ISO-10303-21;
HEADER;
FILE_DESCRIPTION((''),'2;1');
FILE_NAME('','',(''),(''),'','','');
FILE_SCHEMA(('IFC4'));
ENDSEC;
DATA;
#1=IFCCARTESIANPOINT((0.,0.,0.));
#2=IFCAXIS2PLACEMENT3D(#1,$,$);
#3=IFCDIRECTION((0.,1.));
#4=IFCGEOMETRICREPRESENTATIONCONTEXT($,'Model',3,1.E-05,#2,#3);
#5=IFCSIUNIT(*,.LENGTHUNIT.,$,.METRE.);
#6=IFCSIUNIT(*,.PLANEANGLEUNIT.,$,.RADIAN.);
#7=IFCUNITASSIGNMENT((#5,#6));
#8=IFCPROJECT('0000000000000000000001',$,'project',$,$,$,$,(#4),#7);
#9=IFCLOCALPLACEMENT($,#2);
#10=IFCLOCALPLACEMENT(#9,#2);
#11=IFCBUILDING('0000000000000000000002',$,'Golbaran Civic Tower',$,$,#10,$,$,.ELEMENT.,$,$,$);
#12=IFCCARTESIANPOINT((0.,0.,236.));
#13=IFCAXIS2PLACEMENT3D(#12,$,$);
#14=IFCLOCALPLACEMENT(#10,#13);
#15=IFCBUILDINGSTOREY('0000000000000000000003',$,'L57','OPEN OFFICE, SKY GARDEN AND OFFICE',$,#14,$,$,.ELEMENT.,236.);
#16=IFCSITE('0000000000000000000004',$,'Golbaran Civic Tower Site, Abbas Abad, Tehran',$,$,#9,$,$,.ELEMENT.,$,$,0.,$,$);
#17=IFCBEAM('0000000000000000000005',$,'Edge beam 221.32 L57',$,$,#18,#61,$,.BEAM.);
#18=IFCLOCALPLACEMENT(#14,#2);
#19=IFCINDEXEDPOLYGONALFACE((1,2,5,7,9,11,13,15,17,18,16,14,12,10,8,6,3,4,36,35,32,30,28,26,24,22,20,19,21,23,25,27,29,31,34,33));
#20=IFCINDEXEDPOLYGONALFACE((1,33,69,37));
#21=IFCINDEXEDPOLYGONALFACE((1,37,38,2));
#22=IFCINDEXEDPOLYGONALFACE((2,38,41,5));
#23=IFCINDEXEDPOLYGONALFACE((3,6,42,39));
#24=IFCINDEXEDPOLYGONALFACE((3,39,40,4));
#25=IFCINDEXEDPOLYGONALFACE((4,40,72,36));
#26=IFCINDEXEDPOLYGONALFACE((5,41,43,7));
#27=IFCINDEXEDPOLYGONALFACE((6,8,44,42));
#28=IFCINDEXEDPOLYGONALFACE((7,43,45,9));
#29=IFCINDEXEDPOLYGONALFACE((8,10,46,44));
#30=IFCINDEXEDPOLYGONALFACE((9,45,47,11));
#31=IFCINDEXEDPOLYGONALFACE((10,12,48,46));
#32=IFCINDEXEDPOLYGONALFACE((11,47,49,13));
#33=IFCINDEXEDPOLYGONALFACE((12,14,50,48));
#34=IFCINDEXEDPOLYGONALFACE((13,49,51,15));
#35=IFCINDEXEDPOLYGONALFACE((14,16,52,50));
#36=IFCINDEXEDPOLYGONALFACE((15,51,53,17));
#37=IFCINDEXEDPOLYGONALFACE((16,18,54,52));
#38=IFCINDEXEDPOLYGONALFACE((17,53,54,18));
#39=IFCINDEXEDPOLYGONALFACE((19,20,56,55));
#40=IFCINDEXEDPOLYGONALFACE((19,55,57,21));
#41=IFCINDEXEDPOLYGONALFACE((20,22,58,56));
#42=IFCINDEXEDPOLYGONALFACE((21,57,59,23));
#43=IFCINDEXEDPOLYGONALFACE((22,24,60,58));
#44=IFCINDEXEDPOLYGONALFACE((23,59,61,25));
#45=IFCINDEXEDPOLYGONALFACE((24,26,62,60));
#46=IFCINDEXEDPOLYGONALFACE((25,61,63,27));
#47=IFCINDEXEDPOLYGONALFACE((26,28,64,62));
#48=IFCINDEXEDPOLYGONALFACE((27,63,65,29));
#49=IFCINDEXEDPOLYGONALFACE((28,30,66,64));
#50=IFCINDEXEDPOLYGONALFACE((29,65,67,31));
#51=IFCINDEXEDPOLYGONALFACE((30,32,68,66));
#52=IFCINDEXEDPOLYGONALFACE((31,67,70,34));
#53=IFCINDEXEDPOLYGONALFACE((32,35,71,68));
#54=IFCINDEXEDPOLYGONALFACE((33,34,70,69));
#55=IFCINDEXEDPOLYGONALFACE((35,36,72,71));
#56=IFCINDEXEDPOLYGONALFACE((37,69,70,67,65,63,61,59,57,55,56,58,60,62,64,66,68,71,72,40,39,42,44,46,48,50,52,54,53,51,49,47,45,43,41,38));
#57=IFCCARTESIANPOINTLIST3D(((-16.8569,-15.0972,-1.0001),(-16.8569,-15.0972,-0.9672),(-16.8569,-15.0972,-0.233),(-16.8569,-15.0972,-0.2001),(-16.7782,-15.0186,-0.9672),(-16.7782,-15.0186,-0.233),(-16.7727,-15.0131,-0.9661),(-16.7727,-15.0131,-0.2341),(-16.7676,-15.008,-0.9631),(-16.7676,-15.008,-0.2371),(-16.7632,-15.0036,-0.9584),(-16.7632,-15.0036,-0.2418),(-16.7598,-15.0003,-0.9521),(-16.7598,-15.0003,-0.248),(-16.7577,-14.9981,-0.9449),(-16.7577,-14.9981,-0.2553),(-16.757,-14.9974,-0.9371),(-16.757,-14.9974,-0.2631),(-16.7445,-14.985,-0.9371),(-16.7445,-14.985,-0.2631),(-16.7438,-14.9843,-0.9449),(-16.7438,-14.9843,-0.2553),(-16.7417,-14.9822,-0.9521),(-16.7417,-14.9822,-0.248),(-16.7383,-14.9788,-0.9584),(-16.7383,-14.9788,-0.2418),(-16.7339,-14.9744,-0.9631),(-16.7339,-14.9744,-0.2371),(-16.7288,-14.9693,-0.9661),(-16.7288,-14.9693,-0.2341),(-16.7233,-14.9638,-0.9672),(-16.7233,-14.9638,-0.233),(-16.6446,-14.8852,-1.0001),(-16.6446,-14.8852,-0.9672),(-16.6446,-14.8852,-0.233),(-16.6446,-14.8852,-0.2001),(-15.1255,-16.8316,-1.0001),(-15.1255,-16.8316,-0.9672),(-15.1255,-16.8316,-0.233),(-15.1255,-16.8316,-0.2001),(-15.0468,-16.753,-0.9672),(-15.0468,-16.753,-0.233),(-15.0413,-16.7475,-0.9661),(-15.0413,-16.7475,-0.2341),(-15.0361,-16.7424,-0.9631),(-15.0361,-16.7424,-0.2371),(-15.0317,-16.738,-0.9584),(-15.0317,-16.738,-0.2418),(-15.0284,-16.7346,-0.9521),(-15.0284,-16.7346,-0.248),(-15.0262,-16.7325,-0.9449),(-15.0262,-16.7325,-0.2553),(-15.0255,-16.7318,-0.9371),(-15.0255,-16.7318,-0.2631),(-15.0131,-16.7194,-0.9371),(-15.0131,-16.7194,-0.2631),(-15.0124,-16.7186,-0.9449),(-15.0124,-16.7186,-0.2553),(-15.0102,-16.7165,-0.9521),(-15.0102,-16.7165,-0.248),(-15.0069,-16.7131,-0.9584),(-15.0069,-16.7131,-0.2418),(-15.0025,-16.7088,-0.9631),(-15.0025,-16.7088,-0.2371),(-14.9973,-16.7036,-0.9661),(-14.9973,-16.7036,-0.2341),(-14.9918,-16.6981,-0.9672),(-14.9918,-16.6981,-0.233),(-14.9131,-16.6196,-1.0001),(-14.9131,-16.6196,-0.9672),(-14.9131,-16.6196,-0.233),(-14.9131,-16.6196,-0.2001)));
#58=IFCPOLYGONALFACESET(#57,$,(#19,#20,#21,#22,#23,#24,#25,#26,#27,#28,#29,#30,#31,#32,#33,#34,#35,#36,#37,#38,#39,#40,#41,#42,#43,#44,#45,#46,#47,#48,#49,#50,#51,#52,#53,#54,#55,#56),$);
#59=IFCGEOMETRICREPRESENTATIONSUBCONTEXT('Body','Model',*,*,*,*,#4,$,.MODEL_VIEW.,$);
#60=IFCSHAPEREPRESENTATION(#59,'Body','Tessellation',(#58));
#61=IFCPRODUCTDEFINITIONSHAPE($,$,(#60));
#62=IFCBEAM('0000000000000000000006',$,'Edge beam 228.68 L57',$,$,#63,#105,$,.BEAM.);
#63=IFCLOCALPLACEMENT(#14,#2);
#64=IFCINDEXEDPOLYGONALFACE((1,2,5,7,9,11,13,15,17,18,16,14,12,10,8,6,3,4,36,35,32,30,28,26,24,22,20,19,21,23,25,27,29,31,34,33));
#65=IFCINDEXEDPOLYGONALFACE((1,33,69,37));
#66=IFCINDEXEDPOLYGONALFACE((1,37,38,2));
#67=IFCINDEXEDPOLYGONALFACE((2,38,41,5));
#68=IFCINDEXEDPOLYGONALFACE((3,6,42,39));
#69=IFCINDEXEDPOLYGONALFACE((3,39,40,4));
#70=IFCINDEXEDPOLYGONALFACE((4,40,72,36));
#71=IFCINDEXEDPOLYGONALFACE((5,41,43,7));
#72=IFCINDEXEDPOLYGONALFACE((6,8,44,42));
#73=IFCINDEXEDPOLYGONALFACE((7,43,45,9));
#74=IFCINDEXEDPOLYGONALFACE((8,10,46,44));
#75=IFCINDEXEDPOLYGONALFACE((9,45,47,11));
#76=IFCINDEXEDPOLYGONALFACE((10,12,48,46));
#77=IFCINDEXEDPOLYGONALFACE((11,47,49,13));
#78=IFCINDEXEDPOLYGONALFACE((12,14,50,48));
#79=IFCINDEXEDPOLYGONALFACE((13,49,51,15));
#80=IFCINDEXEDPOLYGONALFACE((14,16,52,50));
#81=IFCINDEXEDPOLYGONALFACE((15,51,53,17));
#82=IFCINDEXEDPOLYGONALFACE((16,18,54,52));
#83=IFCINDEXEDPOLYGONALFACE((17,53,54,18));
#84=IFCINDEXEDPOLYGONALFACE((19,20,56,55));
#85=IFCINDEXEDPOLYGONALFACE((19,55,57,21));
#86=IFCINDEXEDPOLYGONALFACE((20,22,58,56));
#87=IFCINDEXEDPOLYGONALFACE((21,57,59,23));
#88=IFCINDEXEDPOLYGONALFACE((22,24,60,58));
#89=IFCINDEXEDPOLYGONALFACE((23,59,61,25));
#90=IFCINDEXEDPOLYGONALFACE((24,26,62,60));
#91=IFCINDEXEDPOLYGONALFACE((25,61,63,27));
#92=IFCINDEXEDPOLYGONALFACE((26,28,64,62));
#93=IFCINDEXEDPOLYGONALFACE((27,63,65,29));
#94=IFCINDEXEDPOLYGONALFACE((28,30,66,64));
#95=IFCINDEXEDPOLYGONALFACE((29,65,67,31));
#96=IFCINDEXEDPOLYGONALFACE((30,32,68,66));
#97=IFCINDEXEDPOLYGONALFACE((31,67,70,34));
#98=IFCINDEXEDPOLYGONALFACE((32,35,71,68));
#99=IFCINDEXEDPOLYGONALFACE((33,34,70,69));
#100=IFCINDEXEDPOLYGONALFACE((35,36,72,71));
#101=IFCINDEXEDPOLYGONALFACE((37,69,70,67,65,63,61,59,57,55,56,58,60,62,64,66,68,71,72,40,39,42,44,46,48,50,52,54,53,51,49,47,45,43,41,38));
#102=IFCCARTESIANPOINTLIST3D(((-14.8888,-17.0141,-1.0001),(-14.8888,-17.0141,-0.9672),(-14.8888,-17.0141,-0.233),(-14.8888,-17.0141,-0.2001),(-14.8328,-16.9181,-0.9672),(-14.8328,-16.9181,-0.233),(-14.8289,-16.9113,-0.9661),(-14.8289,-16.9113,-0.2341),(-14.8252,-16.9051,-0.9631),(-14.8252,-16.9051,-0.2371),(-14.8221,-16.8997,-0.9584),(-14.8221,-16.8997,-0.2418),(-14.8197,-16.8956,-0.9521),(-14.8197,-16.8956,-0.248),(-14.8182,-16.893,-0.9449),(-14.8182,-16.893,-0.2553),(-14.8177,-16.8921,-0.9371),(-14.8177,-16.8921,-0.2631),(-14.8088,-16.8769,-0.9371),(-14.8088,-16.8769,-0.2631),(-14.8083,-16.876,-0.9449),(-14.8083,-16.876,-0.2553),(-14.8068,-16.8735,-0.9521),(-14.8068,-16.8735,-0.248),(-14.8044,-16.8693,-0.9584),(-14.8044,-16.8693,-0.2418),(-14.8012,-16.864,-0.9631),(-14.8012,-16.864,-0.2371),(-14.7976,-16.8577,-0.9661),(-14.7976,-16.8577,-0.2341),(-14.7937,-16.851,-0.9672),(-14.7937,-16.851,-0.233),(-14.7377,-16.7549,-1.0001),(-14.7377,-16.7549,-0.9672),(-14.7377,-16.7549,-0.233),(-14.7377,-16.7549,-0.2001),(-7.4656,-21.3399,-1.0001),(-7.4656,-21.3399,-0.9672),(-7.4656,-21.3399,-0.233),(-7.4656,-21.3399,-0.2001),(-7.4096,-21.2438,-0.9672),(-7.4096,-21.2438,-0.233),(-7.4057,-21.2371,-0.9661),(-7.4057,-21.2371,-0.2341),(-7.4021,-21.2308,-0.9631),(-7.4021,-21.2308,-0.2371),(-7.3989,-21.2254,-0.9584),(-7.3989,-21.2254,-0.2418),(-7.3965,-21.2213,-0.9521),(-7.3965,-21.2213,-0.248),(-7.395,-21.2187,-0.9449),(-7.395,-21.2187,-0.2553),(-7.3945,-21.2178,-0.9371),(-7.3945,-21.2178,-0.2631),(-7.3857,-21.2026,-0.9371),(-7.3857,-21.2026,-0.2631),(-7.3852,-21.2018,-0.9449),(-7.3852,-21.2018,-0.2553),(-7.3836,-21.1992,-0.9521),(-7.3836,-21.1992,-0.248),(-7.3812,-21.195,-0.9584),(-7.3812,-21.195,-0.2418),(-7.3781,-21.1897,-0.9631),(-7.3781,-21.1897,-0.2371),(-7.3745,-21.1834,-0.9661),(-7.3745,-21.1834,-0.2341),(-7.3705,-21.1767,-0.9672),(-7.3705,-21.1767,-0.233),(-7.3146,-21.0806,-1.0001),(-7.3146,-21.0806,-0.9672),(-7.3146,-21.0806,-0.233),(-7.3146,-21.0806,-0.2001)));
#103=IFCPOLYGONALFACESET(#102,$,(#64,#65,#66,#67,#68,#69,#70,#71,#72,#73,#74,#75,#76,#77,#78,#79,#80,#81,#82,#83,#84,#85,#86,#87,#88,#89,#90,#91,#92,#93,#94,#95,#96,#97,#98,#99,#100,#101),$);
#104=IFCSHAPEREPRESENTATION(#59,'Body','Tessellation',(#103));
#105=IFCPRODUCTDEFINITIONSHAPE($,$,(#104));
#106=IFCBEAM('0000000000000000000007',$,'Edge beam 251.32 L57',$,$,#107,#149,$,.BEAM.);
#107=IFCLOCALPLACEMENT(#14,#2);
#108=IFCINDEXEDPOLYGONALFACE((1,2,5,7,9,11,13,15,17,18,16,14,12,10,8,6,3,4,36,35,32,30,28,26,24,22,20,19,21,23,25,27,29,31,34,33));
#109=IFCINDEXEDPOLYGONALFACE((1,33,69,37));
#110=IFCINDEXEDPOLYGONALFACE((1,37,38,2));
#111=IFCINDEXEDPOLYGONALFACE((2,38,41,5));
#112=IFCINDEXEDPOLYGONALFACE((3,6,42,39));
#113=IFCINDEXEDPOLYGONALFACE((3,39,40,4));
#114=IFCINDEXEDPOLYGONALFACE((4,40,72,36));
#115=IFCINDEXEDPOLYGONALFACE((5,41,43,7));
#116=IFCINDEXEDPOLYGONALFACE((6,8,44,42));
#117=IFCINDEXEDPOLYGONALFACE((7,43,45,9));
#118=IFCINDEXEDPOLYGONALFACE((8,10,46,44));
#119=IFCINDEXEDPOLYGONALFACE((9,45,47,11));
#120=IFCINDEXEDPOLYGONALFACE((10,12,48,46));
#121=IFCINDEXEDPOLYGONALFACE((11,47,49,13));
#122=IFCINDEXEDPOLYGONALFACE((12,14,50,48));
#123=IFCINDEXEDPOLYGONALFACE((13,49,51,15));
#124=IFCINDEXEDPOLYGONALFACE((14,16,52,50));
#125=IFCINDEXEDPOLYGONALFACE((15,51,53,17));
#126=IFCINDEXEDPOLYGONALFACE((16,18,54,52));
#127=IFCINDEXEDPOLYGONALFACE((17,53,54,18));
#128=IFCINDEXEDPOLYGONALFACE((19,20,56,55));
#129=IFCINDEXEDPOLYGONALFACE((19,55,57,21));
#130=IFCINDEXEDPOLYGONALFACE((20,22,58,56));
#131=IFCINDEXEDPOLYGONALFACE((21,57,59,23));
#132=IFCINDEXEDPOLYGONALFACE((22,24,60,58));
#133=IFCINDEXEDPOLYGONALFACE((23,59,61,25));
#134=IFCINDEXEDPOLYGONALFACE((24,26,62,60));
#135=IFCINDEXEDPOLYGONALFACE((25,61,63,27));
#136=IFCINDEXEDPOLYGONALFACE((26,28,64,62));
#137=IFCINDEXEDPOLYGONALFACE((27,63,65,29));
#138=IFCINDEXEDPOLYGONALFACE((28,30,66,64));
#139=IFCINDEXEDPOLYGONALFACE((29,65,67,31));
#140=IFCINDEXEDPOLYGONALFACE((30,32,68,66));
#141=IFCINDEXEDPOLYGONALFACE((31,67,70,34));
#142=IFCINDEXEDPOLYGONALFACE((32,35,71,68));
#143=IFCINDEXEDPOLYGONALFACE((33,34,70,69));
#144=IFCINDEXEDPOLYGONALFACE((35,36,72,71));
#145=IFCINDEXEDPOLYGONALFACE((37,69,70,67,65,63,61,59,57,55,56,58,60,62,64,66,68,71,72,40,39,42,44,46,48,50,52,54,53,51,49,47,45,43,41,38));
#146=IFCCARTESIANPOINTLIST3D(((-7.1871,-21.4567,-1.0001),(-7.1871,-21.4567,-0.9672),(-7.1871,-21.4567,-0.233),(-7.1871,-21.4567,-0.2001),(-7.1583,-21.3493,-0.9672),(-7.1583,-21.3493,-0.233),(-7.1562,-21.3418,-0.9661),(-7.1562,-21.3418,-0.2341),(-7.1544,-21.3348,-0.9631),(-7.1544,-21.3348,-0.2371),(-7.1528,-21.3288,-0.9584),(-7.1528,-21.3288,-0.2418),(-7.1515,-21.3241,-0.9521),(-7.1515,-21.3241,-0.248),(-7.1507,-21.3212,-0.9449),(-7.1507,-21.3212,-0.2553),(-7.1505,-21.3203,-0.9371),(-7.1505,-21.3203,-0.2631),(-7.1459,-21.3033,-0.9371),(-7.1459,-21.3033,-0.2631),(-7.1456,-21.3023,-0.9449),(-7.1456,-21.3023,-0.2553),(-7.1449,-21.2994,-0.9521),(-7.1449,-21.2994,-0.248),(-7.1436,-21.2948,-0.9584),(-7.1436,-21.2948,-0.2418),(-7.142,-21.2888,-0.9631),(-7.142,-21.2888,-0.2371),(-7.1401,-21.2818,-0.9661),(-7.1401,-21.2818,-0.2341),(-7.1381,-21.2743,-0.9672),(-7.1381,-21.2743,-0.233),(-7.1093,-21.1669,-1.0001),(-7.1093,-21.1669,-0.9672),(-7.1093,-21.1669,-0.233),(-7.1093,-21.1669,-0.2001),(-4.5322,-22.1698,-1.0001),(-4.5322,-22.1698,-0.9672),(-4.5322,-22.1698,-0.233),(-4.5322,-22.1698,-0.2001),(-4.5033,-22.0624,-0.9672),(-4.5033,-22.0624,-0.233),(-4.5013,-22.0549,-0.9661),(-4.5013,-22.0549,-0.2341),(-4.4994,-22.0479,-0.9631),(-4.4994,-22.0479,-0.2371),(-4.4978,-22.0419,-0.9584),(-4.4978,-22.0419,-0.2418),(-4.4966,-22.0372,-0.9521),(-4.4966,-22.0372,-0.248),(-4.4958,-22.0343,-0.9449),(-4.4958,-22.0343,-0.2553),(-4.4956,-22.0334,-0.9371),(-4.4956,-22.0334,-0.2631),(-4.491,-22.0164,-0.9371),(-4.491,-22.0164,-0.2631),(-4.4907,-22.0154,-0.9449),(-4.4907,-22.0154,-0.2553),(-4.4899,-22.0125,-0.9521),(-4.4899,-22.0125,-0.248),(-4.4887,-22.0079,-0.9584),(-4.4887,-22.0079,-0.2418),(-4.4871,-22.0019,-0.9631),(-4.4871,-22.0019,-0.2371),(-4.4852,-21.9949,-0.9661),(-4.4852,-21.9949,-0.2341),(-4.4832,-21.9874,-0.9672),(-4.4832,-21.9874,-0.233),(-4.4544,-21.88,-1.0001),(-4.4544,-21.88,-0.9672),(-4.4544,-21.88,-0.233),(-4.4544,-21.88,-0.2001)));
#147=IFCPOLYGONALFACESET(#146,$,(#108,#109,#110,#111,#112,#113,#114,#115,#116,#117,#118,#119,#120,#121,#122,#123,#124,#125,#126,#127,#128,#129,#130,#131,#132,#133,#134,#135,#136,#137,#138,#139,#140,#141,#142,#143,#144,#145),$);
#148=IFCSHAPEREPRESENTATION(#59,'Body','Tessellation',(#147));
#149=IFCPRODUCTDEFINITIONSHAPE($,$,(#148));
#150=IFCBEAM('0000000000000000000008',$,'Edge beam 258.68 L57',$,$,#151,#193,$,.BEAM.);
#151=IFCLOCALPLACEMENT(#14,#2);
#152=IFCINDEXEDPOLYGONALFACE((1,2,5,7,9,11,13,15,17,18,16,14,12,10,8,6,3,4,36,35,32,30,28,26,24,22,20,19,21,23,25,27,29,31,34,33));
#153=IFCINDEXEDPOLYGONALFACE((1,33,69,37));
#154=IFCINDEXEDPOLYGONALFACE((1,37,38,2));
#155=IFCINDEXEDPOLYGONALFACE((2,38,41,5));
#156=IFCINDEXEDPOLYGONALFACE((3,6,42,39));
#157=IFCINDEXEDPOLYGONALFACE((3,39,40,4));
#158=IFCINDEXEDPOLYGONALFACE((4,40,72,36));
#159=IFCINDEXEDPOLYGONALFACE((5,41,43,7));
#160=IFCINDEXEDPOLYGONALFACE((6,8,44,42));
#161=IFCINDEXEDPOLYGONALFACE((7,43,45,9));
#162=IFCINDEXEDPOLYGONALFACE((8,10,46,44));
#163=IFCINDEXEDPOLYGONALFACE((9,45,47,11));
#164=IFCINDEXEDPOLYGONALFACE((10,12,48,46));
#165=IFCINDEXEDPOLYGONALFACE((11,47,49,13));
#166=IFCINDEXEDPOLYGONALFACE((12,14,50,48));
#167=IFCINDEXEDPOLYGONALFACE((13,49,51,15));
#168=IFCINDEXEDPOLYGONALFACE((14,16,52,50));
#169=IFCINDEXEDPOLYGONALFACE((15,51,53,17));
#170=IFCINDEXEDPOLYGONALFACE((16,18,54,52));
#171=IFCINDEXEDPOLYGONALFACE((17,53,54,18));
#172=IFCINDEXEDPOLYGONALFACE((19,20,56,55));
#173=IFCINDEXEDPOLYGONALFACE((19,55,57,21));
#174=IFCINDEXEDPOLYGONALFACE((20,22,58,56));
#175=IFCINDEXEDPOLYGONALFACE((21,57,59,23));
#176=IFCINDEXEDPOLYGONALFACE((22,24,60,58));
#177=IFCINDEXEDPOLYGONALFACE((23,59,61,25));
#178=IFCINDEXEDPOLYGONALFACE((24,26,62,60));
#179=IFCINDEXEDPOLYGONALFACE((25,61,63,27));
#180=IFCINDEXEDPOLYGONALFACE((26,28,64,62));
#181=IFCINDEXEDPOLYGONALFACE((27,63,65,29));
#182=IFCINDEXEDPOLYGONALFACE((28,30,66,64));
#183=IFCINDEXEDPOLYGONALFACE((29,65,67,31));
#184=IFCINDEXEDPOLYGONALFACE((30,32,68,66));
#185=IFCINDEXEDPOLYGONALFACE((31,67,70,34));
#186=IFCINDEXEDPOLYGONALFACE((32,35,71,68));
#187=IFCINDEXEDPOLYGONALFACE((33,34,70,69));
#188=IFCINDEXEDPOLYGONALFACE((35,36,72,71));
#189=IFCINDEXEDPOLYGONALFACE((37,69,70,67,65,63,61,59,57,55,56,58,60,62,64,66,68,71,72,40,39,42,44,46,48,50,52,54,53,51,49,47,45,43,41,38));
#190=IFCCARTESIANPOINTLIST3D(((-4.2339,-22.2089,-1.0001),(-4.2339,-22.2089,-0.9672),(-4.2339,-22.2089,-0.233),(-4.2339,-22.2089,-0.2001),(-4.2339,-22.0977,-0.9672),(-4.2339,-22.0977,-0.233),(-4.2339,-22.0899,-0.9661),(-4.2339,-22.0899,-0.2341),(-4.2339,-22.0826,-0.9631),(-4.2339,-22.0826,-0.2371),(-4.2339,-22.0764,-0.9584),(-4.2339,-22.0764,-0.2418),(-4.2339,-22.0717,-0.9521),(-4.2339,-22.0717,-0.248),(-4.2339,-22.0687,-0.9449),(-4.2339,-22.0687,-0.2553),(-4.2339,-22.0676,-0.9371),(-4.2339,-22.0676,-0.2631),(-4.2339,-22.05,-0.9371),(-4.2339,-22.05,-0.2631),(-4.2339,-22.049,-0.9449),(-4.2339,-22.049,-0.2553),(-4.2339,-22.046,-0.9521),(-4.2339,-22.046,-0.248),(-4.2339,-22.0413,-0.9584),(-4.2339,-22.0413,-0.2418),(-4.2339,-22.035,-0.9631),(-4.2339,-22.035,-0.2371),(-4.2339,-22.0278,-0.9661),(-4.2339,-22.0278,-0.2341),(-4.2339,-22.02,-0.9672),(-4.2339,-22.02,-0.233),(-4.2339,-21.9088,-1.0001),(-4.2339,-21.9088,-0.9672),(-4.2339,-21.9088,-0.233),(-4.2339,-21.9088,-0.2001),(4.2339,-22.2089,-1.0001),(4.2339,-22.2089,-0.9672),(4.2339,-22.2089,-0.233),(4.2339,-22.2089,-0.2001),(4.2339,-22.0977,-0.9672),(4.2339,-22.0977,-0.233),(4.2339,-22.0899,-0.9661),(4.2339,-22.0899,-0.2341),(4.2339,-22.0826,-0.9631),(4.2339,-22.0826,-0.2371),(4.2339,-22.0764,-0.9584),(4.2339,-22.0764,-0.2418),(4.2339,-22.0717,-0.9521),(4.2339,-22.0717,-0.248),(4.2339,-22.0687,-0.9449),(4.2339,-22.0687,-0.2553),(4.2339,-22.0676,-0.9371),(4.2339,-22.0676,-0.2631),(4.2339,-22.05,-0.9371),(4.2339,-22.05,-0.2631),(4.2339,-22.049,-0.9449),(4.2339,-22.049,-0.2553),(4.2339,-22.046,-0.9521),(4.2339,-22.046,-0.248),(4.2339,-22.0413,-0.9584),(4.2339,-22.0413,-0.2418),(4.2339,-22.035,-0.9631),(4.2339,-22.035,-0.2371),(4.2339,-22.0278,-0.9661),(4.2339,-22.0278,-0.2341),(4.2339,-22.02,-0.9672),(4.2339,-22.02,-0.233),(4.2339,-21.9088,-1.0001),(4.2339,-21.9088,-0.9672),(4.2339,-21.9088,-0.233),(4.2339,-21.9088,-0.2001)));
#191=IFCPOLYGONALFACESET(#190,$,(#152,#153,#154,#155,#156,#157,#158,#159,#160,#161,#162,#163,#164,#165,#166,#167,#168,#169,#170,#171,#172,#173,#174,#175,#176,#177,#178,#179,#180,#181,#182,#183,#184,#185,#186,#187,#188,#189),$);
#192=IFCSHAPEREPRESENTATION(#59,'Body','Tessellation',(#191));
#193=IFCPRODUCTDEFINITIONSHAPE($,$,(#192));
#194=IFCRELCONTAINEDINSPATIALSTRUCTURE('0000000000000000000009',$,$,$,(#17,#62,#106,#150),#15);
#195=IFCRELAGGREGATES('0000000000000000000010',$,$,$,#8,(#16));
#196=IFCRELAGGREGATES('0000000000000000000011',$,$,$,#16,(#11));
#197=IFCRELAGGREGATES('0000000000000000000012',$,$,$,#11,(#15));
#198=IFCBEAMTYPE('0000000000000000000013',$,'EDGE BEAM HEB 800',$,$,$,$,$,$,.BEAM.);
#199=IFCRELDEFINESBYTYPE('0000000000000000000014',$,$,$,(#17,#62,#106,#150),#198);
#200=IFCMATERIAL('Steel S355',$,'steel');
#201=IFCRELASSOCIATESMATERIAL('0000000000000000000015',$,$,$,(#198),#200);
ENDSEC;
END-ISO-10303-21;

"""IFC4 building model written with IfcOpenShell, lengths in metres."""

from ifc_helpers import new_model, si_unit, direction, frame, origin, origin_2d, place, context, subcontext, project, spatial, i_section, extrude, material, material_profile, profile_set, type_object, element, save


model = new_model("IFC4")

# Units and contexts
model_context = context("Model", 3, precision=1e-05, world=origin(), true_north=direction((0.0, 1.0)))
body_context = subcontext(model_context, "Body", "Model", "MODEL_VIEW")
ifc_project = project(units=[si_unit("LENGTHUNIT", "METRE"), si_unit("PLANEANGLEUNIT", "RADIAN")], contexts=[model_context])

# Site, building, storey
site_placement = place(None, origin())
site = spatial("IfcSite", under=ifc_project, at=site_placement, Name="Golbaran Civic Tower Site, Abbas Abad, Tehran", CompositionType="ELEMENT", RefElevation=0.0)
building_placement = place(site_placement, origin())
building = spatial("IfcBuilding", under=site, at=building_placement, Name="Golbaran Civic Tower", CompositionType="ELEMENT")
storey_placement = place(building_placement, frame((0.0, 0.0, 236.0)))
storey = spatial("IfcBuildingStorey", under=building, at=storey_placement, Name="L57", Description="OPEN OFFICE, SKY GARDEN AND OFFICE", CompositionType="ELEMENT", Elevation=236.0)

# Beams
ifc_material_1 = material(Name="Steel S355", Category="steel")
ifc_material_profile_1 = material_profile(ifc_material_1, i_section(OverallWidth=0.3, OverallDepth=0.8, WebThickness=0.0176, FlangeThickness=0.033, FilletRadius=0.03, at=origin_2d()), Name="HEB 800")
ifc_profile_set_1 = profile_set([ifc_material_profile_1], Name="Steel S355")
beam_type_1 = type_object("IfcBeamType", Name="EDGE BEAM HEB 800", PredefinedType="BEAM", material=ifc_profile_set_1)
beam_1_placement = place(storey_placement, frame((-16.7507, -14.9912, -0.6001), z_axis=(0.706509, -0.707704, 0.0), x_axis=(0.707704, 0.706509, 0.0)))
element("IfcBeam", 1, at=beam_1_placement, inside=storey, type_object=beam_type_1, Name="Edge beam 221.32 L57", PredefinedType="BEAM", context=body_context, shape_type="SweptSolid", body=[
    extrude(i_section(OverallWidth=0.3, OverallDepth=0.8, WebThickness=0.0176, FlangeThickness=0.033, FilletRadius=0.03, at=origin_2d()), origin(), (0.0, 0.0, 1.0), 2.4507),
])
beam_2_placement = place(storey_placement, frame((-14.8132, -16.8845, -0.6001), z_axis=(0.864005, -0.503484, 0.0), x_axis=(0.503484, 0.864005, 0.0)))
element("IfcBeam", 2, at=beam_2_placement, inside=storey, type_object=beam_type_1, Name="Edge beam 228.68 L57", PredefinedType="BEAM", context=body_context, shape_type="SweptSolid", body=[
    extrude(i_section(OverallWidth=0.3, OverallDepth=0.8, WebThickness=0.0176, FlangeThickness=0.033, FilletRadius=0.03, at=origin_2d()), origin(), (0.0, 0.0, 1.0), 8.5916),
])
beam_3_placement = place(storey_placement, frame((-7.1482, -21.3118, -0.6001), z_axis=(0.965769, -0.259403, 0.0), x_axis=(0.259403, 0.965769, 0.0)))
element("IfcBeam", 3, at=beam_3_placement, inside=storey, type_object=beam_type_1, Name="Edge beam 251.32 L57", PredefinedType="BEAM", context=body_context, shape_type="SweptSolid", body=[
    extrude(i_section(OverallWidth=0.3, OverallDepth=0.8, WebThickness=0.0176, FlangeThickness=0.033, FilletRadius=0.03, at=origin_2d()), origin(), (0.0, 0.0, 1.0), 2.749),
])
beam_4_placement = place(storey_placement, frame((-4.2339, -22.0588, -0.6001), z_axis=(1.0, 0.0, 0.0), x_axis=(0.0, 1.0, 0.0)))
element("IfcBeam", 4, at=beam_4_placement, inside=storey, type_object=beam_type_1, Name="Edge beam 258.68 L57", PredefinedType="BEAM", context=body_context, shape_type="SweptSolid", body=[
    extrude(i_section(OverallWidth=0.3, OverallDepth=0.8, WebThickness=0.0176, FlangeThickness=0.033, FilletRadius=0.03, at=origin_2d()), origin(), (0.0, 0.0, 1.0), 8.4678),
])

save(model, "model.ifc")
